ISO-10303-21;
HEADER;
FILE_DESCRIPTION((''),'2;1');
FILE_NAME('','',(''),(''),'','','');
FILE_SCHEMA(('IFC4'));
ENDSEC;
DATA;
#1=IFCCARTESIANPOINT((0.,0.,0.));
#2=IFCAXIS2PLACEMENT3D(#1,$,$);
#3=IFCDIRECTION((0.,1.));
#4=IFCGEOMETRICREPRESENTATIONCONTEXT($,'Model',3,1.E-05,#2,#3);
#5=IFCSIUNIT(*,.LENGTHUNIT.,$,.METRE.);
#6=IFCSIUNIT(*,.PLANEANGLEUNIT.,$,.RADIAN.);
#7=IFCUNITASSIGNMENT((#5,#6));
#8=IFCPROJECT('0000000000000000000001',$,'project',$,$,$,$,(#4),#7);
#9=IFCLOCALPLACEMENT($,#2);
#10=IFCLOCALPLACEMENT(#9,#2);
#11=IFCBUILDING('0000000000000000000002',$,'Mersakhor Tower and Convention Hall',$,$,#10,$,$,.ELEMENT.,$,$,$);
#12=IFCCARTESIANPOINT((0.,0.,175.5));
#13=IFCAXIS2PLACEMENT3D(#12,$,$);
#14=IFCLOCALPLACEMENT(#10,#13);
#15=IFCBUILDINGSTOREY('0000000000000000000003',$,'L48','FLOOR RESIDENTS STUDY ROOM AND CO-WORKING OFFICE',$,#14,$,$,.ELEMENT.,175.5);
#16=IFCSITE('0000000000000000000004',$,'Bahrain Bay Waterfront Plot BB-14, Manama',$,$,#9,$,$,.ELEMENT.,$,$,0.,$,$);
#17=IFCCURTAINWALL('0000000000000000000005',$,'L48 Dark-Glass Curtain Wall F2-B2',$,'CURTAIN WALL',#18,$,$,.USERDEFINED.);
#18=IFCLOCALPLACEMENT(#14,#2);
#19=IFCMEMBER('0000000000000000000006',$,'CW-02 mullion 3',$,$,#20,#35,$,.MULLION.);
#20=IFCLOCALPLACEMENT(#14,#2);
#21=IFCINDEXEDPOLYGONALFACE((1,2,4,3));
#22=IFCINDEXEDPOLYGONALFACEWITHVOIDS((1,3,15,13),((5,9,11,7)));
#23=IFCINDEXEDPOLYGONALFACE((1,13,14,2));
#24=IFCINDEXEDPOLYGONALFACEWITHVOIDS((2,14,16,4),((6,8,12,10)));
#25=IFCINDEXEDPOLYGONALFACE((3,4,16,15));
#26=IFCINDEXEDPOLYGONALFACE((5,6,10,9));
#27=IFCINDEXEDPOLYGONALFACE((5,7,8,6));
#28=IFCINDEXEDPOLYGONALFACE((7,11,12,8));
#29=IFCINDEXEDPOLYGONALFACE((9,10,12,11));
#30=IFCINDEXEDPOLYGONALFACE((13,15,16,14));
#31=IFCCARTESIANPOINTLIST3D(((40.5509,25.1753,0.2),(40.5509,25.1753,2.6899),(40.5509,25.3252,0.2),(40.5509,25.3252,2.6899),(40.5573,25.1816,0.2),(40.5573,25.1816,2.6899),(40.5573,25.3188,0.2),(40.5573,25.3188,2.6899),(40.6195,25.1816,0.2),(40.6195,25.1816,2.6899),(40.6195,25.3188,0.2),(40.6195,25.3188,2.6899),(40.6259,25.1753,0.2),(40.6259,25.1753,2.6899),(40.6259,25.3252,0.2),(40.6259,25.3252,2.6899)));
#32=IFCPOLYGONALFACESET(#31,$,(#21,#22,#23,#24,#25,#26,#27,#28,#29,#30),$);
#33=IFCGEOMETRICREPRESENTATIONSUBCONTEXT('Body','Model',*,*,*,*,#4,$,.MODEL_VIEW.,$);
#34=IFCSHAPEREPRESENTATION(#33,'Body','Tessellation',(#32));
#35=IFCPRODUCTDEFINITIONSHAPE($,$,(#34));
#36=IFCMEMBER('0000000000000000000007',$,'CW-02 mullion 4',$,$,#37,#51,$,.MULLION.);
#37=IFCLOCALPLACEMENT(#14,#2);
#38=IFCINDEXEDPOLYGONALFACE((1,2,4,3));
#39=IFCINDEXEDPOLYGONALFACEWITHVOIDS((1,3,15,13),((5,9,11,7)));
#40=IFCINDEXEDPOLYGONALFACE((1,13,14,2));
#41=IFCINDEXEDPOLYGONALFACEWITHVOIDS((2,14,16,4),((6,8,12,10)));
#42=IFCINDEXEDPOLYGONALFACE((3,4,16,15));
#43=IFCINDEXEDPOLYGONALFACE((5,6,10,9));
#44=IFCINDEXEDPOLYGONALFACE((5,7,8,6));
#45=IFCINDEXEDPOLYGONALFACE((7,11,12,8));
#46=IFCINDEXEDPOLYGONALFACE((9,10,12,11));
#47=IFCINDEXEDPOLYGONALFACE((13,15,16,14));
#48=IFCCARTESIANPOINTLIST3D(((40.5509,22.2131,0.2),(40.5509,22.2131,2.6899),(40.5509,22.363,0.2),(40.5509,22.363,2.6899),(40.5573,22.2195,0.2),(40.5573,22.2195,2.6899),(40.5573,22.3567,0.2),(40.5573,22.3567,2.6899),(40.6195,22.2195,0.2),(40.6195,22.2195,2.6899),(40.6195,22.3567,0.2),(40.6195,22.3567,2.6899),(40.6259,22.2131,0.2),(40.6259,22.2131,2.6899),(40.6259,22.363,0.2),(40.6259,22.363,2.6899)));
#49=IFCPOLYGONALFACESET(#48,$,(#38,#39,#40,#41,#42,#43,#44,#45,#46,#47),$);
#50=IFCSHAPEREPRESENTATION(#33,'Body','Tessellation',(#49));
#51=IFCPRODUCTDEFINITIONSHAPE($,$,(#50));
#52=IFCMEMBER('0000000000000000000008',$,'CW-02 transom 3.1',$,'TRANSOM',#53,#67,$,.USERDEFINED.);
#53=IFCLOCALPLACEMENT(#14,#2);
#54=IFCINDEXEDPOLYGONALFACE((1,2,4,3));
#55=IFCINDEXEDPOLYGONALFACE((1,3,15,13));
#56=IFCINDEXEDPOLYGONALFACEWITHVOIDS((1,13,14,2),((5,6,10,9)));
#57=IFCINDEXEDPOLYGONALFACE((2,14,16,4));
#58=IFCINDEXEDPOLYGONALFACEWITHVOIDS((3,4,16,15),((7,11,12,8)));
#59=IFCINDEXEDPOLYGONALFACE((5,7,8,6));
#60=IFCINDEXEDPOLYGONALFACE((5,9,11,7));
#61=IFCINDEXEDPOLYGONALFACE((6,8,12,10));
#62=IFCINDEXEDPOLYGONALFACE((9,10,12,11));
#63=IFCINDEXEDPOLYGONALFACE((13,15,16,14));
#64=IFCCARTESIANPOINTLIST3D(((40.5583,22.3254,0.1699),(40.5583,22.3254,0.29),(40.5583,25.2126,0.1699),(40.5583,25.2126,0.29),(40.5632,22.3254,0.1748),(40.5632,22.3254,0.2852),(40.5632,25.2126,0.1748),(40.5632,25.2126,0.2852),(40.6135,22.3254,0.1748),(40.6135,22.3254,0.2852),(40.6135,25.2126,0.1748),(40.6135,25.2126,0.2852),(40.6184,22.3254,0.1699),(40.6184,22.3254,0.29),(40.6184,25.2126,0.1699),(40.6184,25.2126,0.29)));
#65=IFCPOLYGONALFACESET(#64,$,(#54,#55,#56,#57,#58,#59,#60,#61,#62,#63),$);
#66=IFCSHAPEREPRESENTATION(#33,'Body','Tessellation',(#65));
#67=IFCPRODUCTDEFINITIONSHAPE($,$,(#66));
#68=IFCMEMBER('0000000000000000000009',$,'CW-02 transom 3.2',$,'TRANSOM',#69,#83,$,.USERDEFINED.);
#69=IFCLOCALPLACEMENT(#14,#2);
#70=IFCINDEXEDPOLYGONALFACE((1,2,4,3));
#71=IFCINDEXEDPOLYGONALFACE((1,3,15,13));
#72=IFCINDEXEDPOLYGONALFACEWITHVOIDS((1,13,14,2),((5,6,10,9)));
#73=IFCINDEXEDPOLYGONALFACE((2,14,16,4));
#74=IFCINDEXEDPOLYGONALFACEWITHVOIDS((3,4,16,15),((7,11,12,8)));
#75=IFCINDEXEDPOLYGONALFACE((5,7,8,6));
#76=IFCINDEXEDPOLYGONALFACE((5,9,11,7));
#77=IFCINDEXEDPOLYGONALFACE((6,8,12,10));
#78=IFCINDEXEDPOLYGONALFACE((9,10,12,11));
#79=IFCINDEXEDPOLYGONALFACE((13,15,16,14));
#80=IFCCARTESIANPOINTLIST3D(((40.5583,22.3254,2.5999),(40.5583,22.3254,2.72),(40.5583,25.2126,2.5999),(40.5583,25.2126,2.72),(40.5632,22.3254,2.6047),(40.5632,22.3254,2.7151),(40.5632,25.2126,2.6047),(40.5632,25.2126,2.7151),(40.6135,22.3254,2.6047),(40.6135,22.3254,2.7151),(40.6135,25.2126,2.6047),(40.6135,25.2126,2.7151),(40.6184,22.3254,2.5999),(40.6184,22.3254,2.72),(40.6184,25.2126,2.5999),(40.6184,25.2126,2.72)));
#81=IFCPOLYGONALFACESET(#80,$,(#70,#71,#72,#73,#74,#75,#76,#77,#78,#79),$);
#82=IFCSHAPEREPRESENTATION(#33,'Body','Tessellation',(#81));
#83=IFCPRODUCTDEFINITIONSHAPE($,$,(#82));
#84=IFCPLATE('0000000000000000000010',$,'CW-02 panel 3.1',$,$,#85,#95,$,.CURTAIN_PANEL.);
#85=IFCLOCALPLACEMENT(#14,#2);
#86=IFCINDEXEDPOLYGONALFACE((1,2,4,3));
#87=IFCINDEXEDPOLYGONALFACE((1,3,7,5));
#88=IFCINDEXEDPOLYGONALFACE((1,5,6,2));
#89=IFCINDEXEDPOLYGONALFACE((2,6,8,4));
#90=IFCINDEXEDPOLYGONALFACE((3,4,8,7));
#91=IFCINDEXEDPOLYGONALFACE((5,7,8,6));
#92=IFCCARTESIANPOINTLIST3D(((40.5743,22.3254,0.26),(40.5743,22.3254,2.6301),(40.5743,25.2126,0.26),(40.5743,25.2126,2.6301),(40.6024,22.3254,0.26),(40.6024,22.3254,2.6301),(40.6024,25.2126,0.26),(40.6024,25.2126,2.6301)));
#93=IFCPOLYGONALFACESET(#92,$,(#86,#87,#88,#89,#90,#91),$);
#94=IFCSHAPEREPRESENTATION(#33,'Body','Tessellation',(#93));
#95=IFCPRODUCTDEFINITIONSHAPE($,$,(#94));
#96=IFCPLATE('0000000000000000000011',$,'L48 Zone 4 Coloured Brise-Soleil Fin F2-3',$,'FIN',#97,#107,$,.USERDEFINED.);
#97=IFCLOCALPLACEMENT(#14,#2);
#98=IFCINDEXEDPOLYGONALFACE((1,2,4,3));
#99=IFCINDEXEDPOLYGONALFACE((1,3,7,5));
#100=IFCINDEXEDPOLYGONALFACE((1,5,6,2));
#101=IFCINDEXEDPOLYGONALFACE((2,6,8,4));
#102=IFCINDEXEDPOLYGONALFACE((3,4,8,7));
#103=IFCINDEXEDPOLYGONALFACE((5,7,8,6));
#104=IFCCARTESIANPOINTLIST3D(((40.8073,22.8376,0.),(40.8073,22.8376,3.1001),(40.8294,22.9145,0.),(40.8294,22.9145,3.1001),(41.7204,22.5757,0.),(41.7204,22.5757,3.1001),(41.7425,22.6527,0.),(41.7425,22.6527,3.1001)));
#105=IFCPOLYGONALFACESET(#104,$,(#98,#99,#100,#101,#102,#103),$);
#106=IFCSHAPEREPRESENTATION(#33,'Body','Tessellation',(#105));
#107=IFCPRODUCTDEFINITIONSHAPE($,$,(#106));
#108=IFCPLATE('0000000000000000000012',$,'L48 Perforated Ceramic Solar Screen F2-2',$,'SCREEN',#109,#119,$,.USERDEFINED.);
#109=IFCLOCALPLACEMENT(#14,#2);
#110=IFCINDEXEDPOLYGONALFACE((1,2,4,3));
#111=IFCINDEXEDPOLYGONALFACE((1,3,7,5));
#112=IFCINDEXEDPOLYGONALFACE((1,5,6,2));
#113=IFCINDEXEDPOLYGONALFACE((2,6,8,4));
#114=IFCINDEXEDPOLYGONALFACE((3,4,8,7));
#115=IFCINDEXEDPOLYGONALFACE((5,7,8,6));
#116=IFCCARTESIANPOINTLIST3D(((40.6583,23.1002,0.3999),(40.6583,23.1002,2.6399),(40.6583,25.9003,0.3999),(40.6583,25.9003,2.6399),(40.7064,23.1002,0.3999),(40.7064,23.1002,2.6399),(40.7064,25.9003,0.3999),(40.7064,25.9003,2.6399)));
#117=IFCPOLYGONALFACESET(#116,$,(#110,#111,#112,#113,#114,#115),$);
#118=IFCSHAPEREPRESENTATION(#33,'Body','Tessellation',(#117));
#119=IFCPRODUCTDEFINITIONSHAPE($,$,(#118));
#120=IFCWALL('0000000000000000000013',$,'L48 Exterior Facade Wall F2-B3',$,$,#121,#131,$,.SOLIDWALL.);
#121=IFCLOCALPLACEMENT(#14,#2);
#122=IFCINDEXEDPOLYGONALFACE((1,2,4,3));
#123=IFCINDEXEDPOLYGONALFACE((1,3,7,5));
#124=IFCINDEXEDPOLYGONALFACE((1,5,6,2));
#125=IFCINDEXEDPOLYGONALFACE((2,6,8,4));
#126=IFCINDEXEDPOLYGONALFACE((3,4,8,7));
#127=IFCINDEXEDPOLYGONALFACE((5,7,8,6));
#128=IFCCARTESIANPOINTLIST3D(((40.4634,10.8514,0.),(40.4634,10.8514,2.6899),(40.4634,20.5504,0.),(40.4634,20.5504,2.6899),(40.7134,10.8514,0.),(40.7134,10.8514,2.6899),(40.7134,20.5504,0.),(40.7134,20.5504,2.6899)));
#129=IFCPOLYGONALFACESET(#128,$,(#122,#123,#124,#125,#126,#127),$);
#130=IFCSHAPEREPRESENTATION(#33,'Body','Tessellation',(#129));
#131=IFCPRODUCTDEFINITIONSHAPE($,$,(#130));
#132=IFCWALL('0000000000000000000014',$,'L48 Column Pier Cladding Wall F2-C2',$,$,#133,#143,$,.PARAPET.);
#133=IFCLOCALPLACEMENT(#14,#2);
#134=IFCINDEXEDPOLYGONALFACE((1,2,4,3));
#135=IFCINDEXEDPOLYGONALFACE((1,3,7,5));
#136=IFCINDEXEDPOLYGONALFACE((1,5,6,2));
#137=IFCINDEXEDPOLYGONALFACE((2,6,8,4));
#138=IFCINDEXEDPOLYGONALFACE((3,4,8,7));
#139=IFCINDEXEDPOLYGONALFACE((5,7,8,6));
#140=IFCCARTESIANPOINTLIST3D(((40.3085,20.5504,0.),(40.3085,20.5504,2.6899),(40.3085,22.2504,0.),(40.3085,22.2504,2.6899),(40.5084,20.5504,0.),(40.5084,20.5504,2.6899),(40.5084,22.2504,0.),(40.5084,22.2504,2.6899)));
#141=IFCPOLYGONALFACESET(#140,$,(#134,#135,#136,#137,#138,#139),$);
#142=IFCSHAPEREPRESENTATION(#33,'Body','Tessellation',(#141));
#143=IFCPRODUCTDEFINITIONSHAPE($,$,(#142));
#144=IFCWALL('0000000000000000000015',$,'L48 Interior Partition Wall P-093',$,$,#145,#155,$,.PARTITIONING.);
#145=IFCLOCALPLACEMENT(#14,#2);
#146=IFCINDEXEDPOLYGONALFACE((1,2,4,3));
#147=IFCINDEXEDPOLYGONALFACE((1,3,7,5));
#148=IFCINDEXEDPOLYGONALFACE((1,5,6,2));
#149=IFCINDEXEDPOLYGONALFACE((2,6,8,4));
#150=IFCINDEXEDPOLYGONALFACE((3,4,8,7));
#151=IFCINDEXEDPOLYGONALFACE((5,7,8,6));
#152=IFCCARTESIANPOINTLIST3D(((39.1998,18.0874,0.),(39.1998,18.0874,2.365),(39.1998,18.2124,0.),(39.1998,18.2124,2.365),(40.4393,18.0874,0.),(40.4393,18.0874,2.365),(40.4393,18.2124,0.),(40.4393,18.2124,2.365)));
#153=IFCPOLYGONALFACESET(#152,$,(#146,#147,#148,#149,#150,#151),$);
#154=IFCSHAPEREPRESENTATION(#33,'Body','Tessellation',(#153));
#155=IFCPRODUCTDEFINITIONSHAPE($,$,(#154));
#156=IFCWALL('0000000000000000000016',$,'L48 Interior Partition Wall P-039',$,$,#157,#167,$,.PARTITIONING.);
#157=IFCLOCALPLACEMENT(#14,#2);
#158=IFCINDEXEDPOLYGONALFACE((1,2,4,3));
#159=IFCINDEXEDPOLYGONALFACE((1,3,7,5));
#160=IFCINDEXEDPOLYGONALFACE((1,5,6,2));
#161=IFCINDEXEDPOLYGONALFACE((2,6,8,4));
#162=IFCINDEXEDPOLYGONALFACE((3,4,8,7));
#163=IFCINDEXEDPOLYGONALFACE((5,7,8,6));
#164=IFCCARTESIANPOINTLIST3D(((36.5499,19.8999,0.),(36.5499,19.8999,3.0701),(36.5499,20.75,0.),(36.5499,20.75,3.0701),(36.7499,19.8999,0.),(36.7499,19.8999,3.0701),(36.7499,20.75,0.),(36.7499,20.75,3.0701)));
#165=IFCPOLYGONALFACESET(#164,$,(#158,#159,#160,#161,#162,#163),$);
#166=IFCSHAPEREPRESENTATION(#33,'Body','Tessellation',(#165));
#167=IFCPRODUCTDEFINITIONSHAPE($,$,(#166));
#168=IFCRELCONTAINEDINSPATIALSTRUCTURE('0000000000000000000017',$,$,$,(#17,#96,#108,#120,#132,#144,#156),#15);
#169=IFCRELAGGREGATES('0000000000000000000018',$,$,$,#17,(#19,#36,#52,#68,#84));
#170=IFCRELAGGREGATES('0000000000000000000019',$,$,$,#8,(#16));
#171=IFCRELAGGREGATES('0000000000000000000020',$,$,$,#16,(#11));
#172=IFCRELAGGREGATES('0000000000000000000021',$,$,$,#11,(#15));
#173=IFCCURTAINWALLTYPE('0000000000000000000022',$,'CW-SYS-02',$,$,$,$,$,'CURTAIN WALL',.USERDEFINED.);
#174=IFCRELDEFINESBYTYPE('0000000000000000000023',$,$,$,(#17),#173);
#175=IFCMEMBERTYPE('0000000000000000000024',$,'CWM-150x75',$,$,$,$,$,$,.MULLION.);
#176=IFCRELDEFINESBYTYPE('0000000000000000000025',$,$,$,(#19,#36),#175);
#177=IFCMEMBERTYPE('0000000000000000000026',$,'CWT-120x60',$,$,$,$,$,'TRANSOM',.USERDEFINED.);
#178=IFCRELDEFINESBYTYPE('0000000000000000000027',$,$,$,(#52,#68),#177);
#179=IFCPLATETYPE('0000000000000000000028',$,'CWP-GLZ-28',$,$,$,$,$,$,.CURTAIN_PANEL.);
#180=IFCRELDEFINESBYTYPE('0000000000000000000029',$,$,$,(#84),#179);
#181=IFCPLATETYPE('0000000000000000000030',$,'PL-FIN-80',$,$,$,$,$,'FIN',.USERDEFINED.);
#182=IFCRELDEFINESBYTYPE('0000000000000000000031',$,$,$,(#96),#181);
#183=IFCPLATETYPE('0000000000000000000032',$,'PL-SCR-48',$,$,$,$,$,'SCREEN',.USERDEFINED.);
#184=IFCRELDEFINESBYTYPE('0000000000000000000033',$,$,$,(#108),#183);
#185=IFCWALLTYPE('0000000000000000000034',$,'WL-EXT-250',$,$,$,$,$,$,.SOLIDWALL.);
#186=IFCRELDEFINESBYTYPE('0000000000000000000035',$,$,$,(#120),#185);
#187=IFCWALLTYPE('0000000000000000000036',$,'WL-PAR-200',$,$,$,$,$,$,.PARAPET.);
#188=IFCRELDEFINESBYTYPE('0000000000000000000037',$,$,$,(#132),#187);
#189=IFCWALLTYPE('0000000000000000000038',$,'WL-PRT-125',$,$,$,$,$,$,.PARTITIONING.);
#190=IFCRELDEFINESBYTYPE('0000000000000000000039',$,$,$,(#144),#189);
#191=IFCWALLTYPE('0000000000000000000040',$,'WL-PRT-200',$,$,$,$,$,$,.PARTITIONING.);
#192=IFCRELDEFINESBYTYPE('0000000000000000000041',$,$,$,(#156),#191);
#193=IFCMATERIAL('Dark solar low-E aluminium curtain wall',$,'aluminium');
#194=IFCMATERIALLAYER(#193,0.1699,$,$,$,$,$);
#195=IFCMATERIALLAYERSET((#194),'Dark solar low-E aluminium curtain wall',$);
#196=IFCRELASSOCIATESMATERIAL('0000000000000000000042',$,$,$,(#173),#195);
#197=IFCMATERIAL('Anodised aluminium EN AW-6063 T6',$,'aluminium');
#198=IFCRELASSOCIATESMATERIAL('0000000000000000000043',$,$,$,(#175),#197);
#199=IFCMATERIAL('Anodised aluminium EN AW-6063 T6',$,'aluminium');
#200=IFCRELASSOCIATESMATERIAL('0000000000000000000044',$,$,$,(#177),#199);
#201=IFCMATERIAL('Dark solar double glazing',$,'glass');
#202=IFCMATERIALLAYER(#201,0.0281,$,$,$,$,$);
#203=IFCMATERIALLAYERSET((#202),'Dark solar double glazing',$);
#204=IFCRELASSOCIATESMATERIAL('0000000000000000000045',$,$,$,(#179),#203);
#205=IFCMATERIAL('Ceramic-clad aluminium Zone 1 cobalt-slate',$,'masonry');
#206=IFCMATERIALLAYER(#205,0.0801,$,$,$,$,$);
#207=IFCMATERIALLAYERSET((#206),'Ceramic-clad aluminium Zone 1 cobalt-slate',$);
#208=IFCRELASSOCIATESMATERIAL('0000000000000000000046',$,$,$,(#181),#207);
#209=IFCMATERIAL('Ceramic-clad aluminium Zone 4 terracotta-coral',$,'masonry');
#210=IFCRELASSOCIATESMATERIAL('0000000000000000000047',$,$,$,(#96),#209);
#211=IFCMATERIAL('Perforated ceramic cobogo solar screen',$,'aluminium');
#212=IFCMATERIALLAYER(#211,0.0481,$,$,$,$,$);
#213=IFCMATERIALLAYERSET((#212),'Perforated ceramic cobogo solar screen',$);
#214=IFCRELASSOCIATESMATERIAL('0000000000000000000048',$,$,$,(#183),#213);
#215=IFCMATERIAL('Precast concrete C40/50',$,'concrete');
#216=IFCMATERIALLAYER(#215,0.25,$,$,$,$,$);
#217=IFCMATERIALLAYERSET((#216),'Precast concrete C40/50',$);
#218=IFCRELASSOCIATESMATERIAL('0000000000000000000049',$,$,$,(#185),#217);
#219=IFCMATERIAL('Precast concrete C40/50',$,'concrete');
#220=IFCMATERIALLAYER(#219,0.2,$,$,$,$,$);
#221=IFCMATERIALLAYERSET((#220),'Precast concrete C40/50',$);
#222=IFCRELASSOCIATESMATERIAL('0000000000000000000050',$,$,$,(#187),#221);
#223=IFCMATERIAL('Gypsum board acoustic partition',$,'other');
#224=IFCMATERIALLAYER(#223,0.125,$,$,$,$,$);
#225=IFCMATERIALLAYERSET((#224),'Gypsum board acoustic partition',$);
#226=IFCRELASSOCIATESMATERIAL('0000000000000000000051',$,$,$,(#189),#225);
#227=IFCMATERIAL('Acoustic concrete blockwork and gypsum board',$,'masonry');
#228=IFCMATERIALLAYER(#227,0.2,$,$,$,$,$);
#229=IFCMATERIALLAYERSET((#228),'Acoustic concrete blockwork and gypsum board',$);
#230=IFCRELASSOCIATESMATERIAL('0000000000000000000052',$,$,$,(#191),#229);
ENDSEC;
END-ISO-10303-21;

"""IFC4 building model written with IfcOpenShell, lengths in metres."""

from ifc_helpers import new_model, si_unit, direction, frame, frame_2d, origin, origin_2d, place, context, subcontext, project, spatial, rectangle, hollow_rectangle, extrude, material, layer, layer_set, material_profile, profile_set, type_object, element, aggregate, save


model = new_model("IFC4")

# Units and contexts
model_context = context("Model", 3, precision=1e-05, world=origin(), true_north=direction((0.0, 1.0)))
body_context = subcontext(model_context, "Body", "Model", "MODEL_VIEW")
ifc_project = project(units=[si_unit("LENGTHUNIT", "METRE"), si_unit("PLANEANGLEUNIT", "RADIAN")], contexts=[model_context])

# Site, building, storey
site_placement = place(None, origin())
site = spatial("IfcSite", under=ifc_project, at=site_placement, Name="Bahrain Bay Waterfront Plot BB-14, Manama", CompositionType="ELEMENT", RefElevation=0.0)
building_placement = place(site_placement, origin())
building = spatial("IfcBuilding", under=site, at=building_placement, Name="Mersakhor Tower and Convention Hall", CompositionType="ELEMENT")
storey_placement = place(building_placement, frame((0.0, 0.0, 175.5)))
storey = spatial("IfcBuildingStorey", under=building, at=storey_placement, Name="L48", Description="FLOOR RESIDENTS STUDY ROOM AND CO-WORKING OFFICE", CompositionType="ELEMENT", Elevation=175.5)

# Curtain wall, members, plate
ifc_material_1 = material(Name="Dark solar low-E aluminium curtain wall", Category="aluminium")
ifc_layer_1 = layer(ifc_material_1, 0.1699)
ifc_layer_set_1 = layer_set([ifc_layer_1], Name="Dark solar low-E aluminium curtain wall")
curtain_wall_type = type_object("IfcCurtainWallType", Name="CW-SYS-02", ElementType="CURTAIN WALL", PredefinedType="USERDEFINED", material=ifc_layer_set_1)
curtain_wall_placement = place(storey_placement, origin())
curtain_wall = element("IfcCurtainWall", 1, at=curtain_wall_placement, inside=storey, type_object=curtain_wall_type, Name="L48 Dark-Glass Curtain Wall F2-B2", ObjectType="CURTAIN WALL", PredefinedType="USERDEFINED")
ifc_material_2 = material(Name="Anodised aluminium EN AW-6063 T6", Category="aluminium")
ifc_material_profile_1 = material_profile(ifc_material_2, hollow_rectangle(XDim=0.075, YDim=0.1499, WallThickness=0.0063, at=origin_2d()), Name="RHS 150x75x6.3")
ifc_profile_set_1 = profile_set([ifc_material_profile_1], Name="Anodised aluminium EN AW-6063 T6")
member_type_1 = type_object("IfcMemberType", Name="CWM-150x75", PredefinedType="MULLION", material=ifc_profile_set_1)
member_1_placement = place(storey_placement, frame((40.5884, 25.2502, 0.2), z_axis=(0.0, 0.0, 1.0), x_axis=(1.0, 0.0, 0.0)))
member_1 = element("IfcMember", 2, at=member_1_placement, type_object=member_type_1, Name="CW-02 mullion 3", PredefinedType="MULLION", context=body_context, shape_type="SweptSolid", body=[
    extrude(hollow_rectangle(XDim=0.075, YDim=0.1499, WallThickness=0.0063, at=origin_2d()), origin(), (0.0, 0.0, 1.0), 2.49),
])
member_2_placement = place(storey_placement, frame((40.5884, 22.2881, 0.2), z_axis=(0.0, 0.0, 1.0), x_axis=(1.0, 0.0, 0.0)))
member_2 = element("IfcMember", 3, at=member_2_placement, type_object=member_type_1, Name="CW-02 mullion 4", PredefinedType="MULLION", context=body_context, shape_type="SweptSolid", body=[
    extrude(hollow_rectangle(XDim=0.075, YDim=0.1499, WallThickness=0.0063, at=origin_2d()), origin(), (0.0, 0.0, 1.0), 2.49),
])
ifc_material_3 = material(Name="Anodised aluminium EN AW-6063 T6", Category="aluminium")
ifc_material_profile_2 = material_profile(ifc_material_3, hollow_rectangle(XDim=0.0601, YDim=0.1201, WallThickness=0.0049, at=origin_2d()), Name="RHS 120x60x5")
ifc_profile_set_2 = profile_set([ifc_material_profile_2], Name="Anodised aluminium EN AW-6063 T6")
member_type_2 = type_object("IfcMemberType", Name="CWT-120x60", ElementType="TRANSOM", PredefinedType="USERDEFINED", material=ifc_profile_set_2)
member_3_placement = place(storey_placement, frame((40.5884, 25.2126, 0.23), z_axis=(0.0, -1.0, 0.0), x_axis=(1.0, 0.0, 0.0)))
member_3 = element("IfcMember", 4, at=member_3_placement, type_object=member_type_2, Name="CW-02 transom 3.1", ObjectType="TRANSOM", PredefinedType="USERDEFINED", context=body_context, shape_type="SweptSolid", body=[
    extrude(hollow_rectangle(XDim=0.0601, YDim=0.1201, WallThickness=0.0049, at=origin_2d()), origin(), (0.0, 0.0, 1.0), 2.8872),
])
member_4_placement = place(storey_placement, frame((40.5884, 25.2126, 2.6599), z_axis=(0.0, -1.0, 0.0), x_axis=(1.0, 0.0, 0.0)))
member_4 = element("IfcMember", 5, at=member_4_placement, type_object=member_type_2, Name="CW-02 transom 3.2", ObjectType="TRANSOM", PredefinedType="USERDEFINED", context=body_context, shape_type="SweptSolid", body=[
    extrude(hollow_rectangle(XDim=0.0601, YDim=0.1201, WallThickness=0.0049, at=origin_2d()), origin(), (0.0, 0.0, 1.0), 2.8872),
])
ifc_material_4 = material(Name="Dark solar double glazing", Category="glass")
ifc_layer_2 = layer(ifc_material_4, 0.0281)
ifc_layer_set_2 = layer_set([ifc_layer_2], Name="Dark solar double glazing")
plate_type_1 = type_object("IfcPlateType", Name="CWP-GLZ-28", PredefinedType="CURTAIN_PANEL", material=ifc_layer_set_2)
plate_1_placement = place(storey_placement, frame((40.5884, 23.769, 0.26), z_axis=(0.0, 0.0, 1.0), x_axis=(0.0, -1.0, 0.0)))
plate_1 = element("IfcPlate", 6, at=plate_1_placement, type_object=plate_type_1, Name="CW-02 panel 3.1", PredefinedType="CURTAIN_PANEL", context=body_context, shape_type="SweptSolid", body=[
    extrude(rectangle(XDim=2.8872, YDim=0.0281, at=origin_2d()), origin(), (0.0, 0.0, 1.0), 2.3701),
])
aggregate(curtain_wall, [member_1, member_2, member_3, member_4, plate_1])

# Plates
ifc_material_5 = material(Name="Ceramic-clad aluminium Zone 4 terracotta-coral", Category="masonry")
ifc_material_6 = material(Name="Ceramic-clad aluminium Zone 1 cobalt-slate", Category="masonry")
ifc_layer_3 = layer(ifc_material_6, 0.0801)
ifc_layer_set_3 = layer_set([ifc_layer_3], Name="Ceramic-clad aluminium Zone 1 cobalt-slate")
plate_type_2 = type_object("IfcPlateType", Name="PL-FIN-80", ElementType="FIN", PredefinedType="USERDEFINED", material=ifc_layer_set_3)
plate_2_placement = place(storey_placement, frame((41.2749, 22.7451, 0.0), z_axis=(0.0, 0.0, 1.0), x_axis=(0.961262, -0.275637, 0.0)))
element("IfcPlate", 7, at=plate_2_placement, inside=storey, type_object=plate_type_2, material=ifc_material_5, Name="L48 Zone 4 Coloured Brise-Soleil Fin F2-3", ObjectType="FIN", PredefinedType="USERDEFINED", context=body_context, shape_type="SweptSolid", body=[
    extrude(rectangle(XDim=0.95, YDim=0.0801, at=origin_2d()), origin(), (0.0, 0.0, 1.0), 3.1001),
])
ifc_material_7 = material(Name="Perforated ceramic cobogo solar screen", Category="aluminium")
ifc_layer_4 = layer(ifc_material_7, 0.0481)
ifc_layer_set_4 = layer_set([ifc_layer_4], Name="Perforated ceramic cobogo solar screen")
plate_type_3 = type_object("IfcPlateType", Name="PL-SCR-48", ElementType="SCREEN", PredefinedType="USERDEFINED", material=ifc_layer_set_4)
plate_3_placement = place(storey_placement, frame((40.6824, 24.5002, 0.3999), z_axis=(0.0, 0.0, 1.0), x_axis=(0.0, -1.0, 0.0)))
element("IfcPlate", 8, at=plate_3_placement, inside=storey, type_object=plate_type_3, Name="L48 Perforated Ceramic Solar Screen F2-2", ObjectType="SCREEN", PredefinedType="USERDEFINED", context=body_context, shape_type="SweptSolid", body=[
    extrude(rectangle(XDim=2.8, YDim=0.0481, at=origin_2d()), origin(), (0.0, 0.0, 1.0), 2.24),
])

# Walls
ifc_material_8 = material(Name="Precast concrete C40/50", Category="concrete")
ifc_layer_5 = layer(ifc_material_8, 0.25)
ifc_layer_set_5 = layer_set([ifc_layer_5], Name="Precast concrete C40/50")
wall_type_1 = type_object("IfcWallType", Name="WL-EXT-250", PredefinedType="SOLIDWALL", material=ifc_layer_set_5)
wall_1_placement = place(storey_placement, frame((40.5884, 20.5505, 0.0), z_axis=(0.0, 0.0, 1.0), x_axis=(0.0, -1.0, 0.0)))
element("IfcWall", 9, at=wall_1_placement, inside=storey, type_object=wall_type_1, Name="L48 Exterior Facade Wall F2-B3", PredefinedType="SOLIDWALL", context=body_context, shape_type="SweptSolid", body=[
    extrude(rectangle(XDim=9.699, YDim=0.25, at=frame_2d((4.8496, 0.0))), origin(), (0.0, 0.0, 1.0), 2.6899),
])
ifc_material_9 = material(Name="Precast concrete C40/50", Category="concrete")
ifc_layer_6 = layer(ifc_material_9, 0.2)
ifc_layer_set_6 = layer_set([ifc_layer_6], Name="Precast concrete C40/50")
wall_type_2 = type_object("IfcWallType", Name="WL-PAR-200", PredefinedType="PARAPET", material=ifc_layer_set_6)
wall_2_placement = place(storey_placement, frame((40.4084, 22.2505, 0.0), z_axis=(0.0, 0.0, 1.0), x_axis=(0.0, -1.0, 0.0)))
element("IfcWall", 10, at=wall_2_placement, inside=storey, type_object=wall_type_2, Name="L48 Column Pier Cladding Wall F2-C2", PredefinedType="PARAPET", context=body_context, shape_type="SweptSolid", body=[
    extrude(rectangle(XDim=1.7, YDim=0.2, at=frame_2d((0.8501, 0.0))), origin(), (0.0, 0.0, 1.0), 2.6899),
])
ifc_material_10 = material(Name="Gypsum board acoustic partition", Category="other")
ifc_layer_7 = layer(ifc_material_10, 0.125)
ifc_layer_set_7 = layer_set([ifc_layer_7], Name="Gypsum board acoustic partition")
wall_type_3 = type_object("IfcWallType", Name="WL-PRT-125", PredefinedType="PARTITIONING", material=ifc_layer_set_7)
wall_3_placement = place(storey_placement, frame((39.2, 18.1499, 0.0), z_axis=(0.0, 0.0, 1.0), x_axis=(1.0, 0.0, 0.0)))
element("IfcWall", 11, at=wall_3_placement, inside=storey, type_object=wall_type_3, Name="L48 Interior Partition Wall P-093", PredefinedType="PARTITIONING", context=body_context, shape_type="SweptSolid", body=[
    extrude(rectangle(XDim=1.2395, YDim=0.125, at=frame_2d((0.6196, 0.0))), origin(), (0.0, 0.0, 1.0), 2.365),
])
ifc_material_11 = material(Name="Acoustic concrete blockwork and gypsum board", Category="masonry")
ifc_layer_8 = layer(ifc_material_11, 0.2)
ifc_layer_set_8 = layer_set([ifc_layer_8], Name="Acoustic concrete blockwork and gypsum board")
wall_type_4 = type_object("IfcWallType", Name="WL-PRT-200", PredefinedType="PARTITIONING", material=ifc_layer_set_8)
wall_4_placement = place(storey_placement, frame((36.6499, 19.8999, 0.0), z_axis=(0.0, 0.0, 1.0), x_axis=(0.0, 1.0, 0.0)))
element("IfcWall", 12, at=wall_4_placement, inside=storey, type_object=wall_type_4, Name="L48 Interior Partition Wall P-039", PredefinedType="PARTITIONING", context=body_context, shape_type="SweptSolid", body=[
    extrude(rectangle(XDim=0.8501, YDim=0.2, at=frame_2d((0.425, 0.0))), origin(), (0.0, 0.0, 1.0), 3.0701),
])

save(model, "model.ifc")
